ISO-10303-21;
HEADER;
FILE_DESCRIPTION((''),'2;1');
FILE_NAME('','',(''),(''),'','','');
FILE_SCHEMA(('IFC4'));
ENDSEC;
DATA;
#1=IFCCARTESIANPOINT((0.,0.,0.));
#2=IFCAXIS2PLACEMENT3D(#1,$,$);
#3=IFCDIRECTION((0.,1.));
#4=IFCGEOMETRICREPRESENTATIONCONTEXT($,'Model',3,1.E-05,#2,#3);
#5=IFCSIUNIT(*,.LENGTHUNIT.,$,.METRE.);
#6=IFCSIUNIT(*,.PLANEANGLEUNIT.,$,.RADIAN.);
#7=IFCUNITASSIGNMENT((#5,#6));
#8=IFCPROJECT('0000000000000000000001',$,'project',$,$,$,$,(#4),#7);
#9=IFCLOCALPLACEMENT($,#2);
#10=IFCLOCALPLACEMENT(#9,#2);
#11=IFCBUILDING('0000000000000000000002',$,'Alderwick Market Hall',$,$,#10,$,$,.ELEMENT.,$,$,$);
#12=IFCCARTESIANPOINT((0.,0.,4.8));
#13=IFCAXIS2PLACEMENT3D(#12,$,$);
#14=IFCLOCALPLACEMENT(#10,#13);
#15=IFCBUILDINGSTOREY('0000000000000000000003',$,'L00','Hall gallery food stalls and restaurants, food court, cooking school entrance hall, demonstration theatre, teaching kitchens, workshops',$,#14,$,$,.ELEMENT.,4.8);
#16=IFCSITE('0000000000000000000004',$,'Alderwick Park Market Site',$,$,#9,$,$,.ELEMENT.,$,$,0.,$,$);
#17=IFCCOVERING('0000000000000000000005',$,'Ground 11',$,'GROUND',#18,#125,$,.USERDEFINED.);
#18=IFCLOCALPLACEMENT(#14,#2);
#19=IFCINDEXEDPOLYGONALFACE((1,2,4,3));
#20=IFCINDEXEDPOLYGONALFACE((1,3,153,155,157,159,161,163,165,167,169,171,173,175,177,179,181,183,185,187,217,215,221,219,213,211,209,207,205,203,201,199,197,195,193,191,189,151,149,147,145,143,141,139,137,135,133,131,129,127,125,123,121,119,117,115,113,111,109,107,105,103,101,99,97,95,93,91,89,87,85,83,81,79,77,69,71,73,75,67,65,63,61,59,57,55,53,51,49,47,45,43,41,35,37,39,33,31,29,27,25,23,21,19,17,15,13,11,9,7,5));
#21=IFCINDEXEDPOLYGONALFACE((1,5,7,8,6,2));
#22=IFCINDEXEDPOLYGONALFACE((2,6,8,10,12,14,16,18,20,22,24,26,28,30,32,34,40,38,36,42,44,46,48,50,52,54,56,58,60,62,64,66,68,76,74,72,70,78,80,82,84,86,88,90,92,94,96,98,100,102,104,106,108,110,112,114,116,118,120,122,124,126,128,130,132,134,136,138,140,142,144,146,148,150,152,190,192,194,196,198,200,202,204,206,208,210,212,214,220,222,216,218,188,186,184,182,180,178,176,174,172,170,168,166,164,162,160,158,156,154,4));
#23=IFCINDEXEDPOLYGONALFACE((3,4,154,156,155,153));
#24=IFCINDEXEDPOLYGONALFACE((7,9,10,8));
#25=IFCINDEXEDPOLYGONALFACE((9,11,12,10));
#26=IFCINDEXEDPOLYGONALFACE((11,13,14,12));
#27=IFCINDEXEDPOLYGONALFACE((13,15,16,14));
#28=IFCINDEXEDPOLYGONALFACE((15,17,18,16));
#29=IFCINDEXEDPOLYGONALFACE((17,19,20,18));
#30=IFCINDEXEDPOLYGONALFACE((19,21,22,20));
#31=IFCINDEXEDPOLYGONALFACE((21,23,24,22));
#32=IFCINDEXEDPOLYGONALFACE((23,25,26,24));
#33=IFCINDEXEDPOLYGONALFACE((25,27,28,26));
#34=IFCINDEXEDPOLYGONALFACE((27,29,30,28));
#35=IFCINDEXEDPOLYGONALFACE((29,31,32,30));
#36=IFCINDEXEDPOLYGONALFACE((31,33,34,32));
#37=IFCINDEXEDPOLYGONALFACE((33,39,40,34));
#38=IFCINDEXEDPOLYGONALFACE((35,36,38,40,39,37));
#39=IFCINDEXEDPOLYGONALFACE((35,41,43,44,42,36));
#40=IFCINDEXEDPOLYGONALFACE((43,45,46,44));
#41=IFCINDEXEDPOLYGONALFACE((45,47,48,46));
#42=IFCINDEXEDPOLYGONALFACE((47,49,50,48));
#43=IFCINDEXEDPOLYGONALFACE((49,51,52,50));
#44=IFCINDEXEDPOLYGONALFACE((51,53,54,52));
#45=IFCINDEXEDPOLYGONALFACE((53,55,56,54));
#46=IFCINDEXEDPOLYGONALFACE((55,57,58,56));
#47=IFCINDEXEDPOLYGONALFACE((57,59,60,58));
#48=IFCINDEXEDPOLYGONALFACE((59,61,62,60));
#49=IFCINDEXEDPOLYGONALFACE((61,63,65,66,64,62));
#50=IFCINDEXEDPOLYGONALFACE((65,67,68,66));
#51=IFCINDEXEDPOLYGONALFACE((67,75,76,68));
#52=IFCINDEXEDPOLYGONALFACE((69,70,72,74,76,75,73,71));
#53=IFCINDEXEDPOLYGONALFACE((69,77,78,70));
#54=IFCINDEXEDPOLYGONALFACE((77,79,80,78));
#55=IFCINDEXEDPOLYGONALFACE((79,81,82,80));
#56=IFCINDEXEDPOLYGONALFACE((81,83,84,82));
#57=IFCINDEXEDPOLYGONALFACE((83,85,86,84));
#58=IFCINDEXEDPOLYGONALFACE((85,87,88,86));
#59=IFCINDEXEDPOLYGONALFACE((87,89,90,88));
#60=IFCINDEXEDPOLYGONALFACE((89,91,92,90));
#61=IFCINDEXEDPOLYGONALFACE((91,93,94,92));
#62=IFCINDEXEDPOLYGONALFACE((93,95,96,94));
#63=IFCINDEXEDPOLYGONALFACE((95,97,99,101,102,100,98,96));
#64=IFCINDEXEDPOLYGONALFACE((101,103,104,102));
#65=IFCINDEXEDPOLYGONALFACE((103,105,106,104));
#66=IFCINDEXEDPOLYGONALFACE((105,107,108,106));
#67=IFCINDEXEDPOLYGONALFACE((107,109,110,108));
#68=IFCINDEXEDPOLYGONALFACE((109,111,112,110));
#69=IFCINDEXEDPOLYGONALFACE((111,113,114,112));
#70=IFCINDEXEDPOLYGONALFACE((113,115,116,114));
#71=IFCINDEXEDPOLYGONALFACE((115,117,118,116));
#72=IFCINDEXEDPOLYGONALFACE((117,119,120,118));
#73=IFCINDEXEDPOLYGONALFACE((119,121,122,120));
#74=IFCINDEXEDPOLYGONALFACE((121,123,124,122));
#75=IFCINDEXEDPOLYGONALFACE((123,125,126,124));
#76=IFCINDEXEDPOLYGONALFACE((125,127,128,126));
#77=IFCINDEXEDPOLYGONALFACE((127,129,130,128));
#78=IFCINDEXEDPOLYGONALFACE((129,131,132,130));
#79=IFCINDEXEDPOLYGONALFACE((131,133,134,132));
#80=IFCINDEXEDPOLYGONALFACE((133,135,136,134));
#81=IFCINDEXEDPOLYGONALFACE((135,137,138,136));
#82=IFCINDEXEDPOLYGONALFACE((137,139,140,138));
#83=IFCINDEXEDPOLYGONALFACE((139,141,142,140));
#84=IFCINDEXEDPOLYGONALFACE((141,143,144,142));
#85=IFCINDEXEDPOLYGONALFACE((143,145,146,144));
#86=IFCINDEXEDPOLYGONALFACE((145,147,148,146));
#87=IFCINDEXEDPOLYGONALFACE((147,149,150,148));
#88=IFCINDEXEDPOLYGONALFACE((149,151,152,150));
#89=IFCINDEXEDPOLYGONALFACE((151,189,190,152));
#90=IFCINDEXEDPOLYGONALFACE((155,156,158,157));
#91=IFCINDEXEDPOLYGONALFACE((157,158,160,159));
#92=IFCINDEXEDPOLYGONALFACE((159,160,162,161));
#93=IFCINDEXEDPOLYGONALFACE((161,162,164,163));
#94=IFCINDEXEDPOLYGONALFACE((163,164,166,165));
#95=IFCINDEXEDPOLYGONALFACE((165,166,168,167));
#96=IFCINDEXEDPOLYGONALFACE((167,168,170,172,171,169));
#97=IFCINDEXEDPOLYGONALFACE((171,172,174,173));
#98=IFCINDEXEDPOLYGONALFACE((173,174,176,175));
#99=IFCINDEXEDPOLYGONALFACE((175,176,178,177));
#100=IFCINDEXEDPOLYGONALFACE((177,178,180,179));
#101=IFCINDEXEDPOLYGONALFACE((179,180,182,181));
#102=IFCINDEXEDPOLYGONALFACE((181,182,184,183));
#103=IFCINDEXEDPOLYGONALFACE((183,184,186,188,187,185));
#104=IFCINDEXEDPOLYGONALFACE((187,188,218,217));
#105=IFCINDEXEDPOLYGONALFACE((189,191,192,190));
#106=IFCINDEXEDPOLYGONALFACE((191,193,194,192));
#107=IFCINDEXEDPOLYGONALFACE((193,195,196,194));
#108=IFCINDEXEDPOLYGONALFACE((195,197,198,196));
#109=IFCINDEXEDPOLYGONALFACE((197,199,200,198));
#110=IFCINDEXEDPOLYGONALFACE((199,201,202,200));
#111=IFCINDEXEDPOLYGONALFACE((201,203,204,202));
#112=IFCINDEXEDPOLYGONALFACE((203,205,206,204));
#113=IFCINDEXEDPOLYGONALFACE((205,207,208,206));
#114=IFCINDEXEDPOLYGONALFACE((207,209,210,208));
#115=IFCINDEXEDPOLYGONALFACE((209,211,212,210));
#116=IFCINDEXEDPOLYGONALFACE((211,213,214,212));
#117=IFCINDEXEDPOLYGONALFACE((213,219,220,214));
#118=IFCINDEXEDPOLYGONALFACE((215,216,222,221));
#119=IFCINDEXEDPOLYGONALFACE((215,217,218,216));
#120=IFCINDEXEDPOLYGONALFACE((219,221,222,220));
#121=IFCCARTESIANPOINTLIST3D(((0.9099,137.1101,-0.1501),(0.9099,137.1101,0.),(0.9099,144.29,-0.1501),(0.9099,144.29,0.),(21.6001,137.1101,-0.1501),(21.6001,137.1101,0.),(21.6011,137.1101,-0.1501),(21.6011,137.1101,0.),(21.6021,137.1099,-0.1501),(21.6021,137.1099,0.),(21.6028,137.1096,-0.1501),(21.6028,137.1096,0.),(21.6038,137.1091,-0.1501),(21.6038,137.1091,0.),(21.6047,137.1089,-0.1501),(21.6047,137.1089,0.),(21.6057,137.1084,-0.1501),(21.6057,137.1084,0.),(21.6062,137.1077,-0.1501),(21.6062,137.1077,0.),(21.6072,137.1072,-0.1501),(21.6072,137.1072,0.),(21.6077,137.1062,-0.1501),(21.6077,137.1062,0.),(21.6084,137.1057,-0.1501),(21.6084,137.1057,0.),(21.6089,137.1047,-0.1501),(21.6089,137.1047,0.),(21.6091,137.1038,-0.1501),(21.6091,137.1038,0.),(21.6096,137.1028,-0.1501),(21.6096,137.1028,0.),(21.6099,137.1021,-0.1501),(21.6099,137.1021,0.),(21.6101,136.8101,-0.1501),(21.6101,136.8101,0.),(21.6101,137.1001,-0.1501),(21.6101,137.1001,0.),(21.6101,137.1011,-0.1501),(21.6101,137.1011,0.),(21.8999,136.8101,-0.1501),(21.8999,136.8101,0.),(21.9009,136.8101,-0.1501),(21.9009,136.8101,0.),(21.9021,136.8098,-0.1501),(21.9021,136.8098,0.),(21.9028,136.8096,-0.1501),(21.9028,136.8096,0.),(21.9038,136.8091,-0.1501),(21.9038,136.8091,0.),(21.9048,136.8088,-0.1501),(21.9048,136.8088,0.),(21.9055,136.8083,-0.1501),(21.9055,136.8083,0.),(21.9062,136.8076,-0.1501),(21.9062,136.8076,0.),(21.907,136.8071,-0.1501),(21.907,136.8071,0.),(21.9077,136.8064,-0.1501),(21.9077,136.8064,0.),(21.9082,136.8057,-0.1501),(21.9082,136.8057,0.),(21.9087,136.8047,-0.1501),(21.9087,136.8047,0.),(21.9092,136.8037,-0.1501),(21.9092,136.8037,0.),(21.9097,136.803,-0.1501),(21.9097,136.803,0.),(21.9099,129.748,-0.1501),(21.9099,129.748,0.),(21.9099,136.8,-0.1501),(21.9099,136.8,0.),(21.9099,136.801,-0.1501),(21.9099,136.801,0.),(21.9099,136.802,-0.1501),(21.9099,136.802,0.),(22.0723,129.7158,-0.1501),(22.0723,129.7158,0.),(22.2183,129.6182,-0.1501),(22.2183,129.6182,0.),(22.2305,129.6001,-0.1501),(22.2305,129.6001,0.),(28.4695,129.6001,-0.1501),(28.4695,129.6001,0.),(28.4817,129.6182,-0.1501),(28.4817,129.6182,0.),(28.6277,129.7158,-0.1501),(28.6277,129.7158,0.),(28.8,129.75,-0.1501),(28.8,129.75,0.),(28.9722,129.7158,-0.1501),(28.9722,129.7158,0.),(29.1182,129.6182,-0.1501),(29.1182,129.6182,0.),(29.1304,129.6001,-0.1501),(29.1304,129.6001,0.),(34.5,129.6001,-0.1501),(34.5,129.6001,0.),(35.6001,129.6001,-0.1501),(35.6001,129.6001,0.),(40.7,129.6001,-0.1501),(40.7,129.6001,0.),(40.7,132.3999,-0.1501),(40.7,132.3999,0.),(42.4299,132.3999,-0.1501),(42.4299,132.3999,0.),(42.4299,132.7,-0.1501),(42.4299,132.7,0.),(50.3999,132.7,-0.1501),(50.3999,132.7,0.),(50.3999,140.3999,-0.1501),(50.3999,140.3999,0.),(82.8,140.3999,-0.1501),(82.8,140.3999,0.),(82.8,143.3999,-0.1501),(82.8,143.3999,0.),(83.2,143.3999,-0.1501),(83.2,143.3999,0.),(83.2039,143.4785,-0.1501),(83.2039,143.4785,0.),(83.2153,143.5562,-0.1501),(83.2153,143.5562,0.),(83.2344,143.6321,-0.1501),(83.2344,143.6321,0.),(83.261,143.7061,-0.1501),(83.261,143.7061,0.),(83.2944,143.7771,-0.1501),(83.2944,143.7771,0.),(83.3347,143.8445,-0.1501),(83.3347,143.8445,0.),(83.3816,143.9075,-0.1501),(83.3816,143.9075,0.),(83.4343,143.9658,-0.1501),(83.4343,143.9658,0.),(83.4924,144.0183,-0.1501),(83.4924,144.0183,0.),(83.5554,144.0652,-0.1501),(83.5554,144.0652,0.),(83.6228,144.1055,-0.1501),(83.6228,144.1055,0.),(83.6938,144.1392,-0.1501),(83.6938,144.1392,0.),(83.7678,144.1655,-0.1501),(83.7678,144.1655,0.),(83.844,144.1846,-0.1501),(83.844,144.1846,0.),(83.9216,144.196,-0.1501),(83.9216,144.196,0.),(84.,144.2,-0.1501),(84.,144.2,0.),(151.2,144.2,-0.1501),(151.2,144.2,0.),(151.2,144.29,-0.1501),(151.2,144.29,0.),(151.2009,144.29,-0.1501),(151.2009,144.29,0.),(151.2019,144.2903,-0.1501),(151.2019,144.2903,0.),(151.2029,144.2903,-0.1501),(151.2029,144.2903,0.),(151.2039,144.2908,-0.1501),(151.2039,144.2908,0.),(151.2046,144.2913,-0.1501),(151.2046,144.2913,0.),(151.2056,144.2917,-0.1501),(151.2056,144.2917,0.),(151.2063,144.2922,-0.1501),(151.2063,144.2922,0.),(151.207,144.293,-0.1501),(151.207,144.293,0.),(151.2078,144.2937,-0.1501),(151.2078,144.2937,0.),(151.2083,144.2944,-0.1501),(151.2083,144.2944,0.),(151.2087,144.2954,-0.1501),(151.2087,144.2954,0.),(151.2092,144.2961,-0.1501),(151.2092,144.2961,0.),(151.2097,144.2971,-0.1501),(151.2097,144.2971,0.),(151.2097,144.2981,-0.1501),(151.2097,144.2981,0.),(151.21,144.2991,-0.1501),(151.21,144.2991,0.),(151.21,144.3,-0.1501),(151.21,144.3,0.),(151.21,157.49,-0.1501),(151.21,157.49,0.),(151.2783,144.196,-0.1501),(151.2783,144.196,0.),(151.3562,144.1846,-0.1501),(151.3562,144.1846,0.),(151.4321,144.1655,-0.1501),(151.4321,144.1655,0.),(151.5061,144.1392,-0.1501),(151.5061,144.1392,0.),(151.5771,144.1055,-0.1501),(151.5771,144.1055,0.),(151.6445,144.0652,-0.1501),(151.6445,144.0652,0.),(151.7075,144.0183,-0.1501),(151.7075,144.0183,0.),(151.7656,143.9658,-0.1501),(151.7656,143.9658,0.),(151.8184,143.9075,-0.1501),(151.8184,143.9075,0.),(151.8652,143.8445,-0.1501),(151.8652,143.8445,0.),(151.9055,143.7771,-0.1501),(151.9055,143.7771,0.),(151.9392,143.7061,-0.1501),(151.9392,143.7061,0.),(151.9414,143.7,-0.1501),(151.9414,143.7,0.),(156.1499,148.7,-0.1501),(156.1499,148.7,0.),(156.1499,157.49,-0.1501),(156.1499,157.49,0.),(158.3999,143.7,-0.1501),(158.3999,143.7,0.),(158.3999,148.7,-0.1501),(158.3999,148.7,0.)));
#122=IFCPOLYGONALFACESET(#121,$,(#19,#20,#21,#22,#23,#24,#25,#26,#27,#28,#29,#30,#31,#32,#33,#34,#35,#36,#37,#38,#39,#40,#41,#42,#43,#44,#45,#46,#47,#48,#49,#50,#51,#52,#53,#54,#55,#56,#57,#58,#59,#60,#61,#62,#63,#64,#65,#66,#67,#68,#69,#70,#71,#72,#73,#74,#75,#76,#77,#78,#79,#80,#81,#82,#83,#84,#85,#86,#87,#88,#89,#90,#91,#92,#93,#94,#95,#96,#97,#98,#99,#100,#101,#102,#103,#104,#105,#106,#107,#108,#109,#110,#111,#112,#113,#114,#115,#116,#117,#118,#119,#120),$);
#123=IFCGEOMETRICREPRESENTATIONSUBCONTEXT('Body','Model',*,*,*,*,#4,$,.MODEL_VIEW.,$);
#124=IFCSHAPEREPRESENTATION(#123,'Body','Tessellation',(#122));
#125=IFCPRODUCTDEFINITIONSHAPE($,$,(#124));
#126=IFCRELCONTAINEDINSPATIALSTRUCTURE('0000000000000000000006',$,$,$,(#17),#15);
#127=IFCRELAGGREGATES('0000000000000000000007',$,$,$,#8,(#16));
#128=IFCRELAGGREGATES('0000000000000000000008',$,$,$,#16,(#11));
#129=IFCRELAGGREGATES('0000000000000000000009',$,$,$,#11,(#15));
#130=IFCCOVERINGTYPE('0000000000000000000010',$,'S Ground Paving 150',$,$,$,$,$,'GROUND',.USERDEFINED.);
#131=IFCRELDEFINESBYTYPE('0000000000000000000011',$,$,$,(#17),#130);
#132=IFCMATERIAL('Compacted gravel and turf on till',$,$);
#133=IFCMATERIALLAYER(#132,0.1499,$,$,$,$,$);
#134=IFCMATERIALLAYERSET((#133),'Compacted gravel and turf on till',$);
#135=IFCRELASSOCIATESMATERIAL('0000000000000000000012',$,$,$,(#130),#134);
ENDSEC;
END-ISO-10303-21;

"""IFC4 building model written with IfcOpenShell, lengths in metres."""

from ifc_helpers import new_model, si_unit, direction, frame, origin, place, context, subcontext, project, spatial, polyline, outline, extrude, material, layer, layer_set, type_object, element, save


model = new_model("IFC4")

# Units and contexts
model_context = context("Model", 3, precision=1e-05, world=origin(), true_north=direction((0.0, 1.0)))
body_context = subcontext(model_context, "Body", "Model", "MODEL_VIEW")
ifc_project = project(units=[si_unit("LENGTHUNIT", "METRE"), si_unit("PLANEANGLEUNIT", "RADIAN")], contexts=[model_context])

# Site, building, storey
site_placement = place(None, origin())
site = spatial("IfcSite", under=ifc_project, at=site_placement, Name="Alderwick Park Market Site", CompositionType="ELEMENT", RefElevation=0.0)
building_placement = place(site_placement, origin())
building = spatial("IfcBuilding", under=site, at=building_placement, Name="Alderwick Market Hall", CompositionType="ELEMENT")
storey_placement = place(building_placement, frame((0.0, 0.0, 4.8)))
storey = spatial("IfcBuildingStorey", under=building, at=storey_placement, Name="L00", Description="Hall gallery food stalls and restaurants, food court, cooking school entrance hall, demonstration theatre, teaching kitchens, workshops", CompositionType="ELEMENT", Elevation=4.8)

# Covering
ifc_material_1 = material(Name="Compacted gravel and turf on till")
ifc_layer_1 = layer(ifc_material_1, 0.1499)
ifc_layer_set_1 = layer_set([ifc_layer_1], Name="Compacted gravel and turf on till")
covering_type = type_object("IfcCoveringType", Name="S Ground Paving 150", ElementType="GROUND", PredefinedType="USERDEFINED", material=ifc_layer_set_1)
covering_1_placement = place(storey_placement, frame((0.0, 0.0, -0.1501)))
element("IfcCovering", 1, at=covering_1_placement, inside=storey, type_object=covering_type, Name="Ground 11", ObjectType="GROUND", PredefinedType="USERDEFINED", context=body_context, shape_type="SweptSolid", body=[
    extrude(outline(polyline([(158.3999, 143.7), (158.3999, 148.7), (156.1499, 148.7), (156.1499, 157.49), (151.21, 157.49), (151.21, 144.3), (151.21, 144.2991), (151.2097, 144.2981), (151.2097, 144.2971), (151.2092, 144.2961), (151.2087, 144.2954), (151.2083, 144.2944), (151.2078, 144.2937), (151.207, 144.293), (151.2063, 144.2922), (151.2056, 144.2917), (151.2046, 144.2913), (151.2039, 144.2908), (151.2029, 144.2903), (151.2019, 144.2903), (151.2009, 144.29), (151.2, 144.29), (0.9099, 144.29), (0.9099, 137.1101), (21.6001, 137.1101), (21.6011, 137.1101), (21.6021, 137.1099), (21.6028, 137.1096), (21.6038, 137.1091), (21.6047, 137.1089), (21.6057, 137.1084), (21.6062, 137.1077), (21.6072, 137.1072), (21.6077, 137.1062), (21.6084, 137.1057), (21.6089, 137.1047), (21.6091, 137.1038), (21.6096, 137.1028), (21.6099, 137.1021), (21.6101, 137.1011), (21.6101, 137.1001), (21.6101, 136.8101), (21.8999, 136.8101), (21.9009, 136.8101), (21.9021, 136.8098), (21.9028, 136.8096), (21.9038, 136.8091), (21.9048, 136.8088), (21.9055, 136.8083), (21.9062, 136.8076), (21.907, 136.8071), (21.9077, 136.8064), (21.9082, 136.8057), (21.9087, 136.8047), (21.9092, 136.8037), (21.9097, 136.803), (21.9099, 136.802), (21.9099, 136.801), (21.9099, 136.8), (21.9099, 129.748), (22.0723, 129.7158), (22.2183, 129.6182), (22.2305, 129.6001), (28.4695, 129.6001), (28.4817, 129.6182), (28.6277, 129.7158), (28.8, 129.75), (28.9722, 129.7158), (29.1182, 129.6182), (29.1304, 129.6001), (34.5, 129.6001), (35.6001, 129.6001), (40.7, 129.6001), (40.7, 132.3999), (42.4299, 132.3999), (42.4299, 132.7), (50.3999, 132.7), (50.3999, 140.3999), (82.8, 140.3999), (82.8, 143.3999), (83.2, 143.3999), (83.2039, 143.4785), (83.2153, 143.5562), (83.2344, 143.6321), (83.261, 143.7061), (83.2944, 143.7771), (83.3347, 143.8445), (83.3816, 143.9075), (83.4343, 143.9658), (83.4924, 144.0183), (83.5554, 144.0652), (83.6228, 144.1055), (83.6938, 144.1392), (83.7678, 144.1655), (83.844, 144.1846), (83.9216, 144.196), (84.0, 144.2), (151.2, 144.2), (151.2783, 144.196), (151.3562, 144.1846), (151.4321, 144.1655), (151.5061, 144.1392), (151.5771, 144.1055), (151.6445, 144.0652), (151.7075, 144.0183), (151.7656, 143.9658), (151.8184, 143.9075), (151.8652, 143.8445), (151.9055, 143.7771), (151.9392, 143.7061), (151.9414, 143.7), (158.3999, 143.7)])), origin(), (0.0, 0.0, 1.0), 0.1501),
])

save(model, "model.ifc")
